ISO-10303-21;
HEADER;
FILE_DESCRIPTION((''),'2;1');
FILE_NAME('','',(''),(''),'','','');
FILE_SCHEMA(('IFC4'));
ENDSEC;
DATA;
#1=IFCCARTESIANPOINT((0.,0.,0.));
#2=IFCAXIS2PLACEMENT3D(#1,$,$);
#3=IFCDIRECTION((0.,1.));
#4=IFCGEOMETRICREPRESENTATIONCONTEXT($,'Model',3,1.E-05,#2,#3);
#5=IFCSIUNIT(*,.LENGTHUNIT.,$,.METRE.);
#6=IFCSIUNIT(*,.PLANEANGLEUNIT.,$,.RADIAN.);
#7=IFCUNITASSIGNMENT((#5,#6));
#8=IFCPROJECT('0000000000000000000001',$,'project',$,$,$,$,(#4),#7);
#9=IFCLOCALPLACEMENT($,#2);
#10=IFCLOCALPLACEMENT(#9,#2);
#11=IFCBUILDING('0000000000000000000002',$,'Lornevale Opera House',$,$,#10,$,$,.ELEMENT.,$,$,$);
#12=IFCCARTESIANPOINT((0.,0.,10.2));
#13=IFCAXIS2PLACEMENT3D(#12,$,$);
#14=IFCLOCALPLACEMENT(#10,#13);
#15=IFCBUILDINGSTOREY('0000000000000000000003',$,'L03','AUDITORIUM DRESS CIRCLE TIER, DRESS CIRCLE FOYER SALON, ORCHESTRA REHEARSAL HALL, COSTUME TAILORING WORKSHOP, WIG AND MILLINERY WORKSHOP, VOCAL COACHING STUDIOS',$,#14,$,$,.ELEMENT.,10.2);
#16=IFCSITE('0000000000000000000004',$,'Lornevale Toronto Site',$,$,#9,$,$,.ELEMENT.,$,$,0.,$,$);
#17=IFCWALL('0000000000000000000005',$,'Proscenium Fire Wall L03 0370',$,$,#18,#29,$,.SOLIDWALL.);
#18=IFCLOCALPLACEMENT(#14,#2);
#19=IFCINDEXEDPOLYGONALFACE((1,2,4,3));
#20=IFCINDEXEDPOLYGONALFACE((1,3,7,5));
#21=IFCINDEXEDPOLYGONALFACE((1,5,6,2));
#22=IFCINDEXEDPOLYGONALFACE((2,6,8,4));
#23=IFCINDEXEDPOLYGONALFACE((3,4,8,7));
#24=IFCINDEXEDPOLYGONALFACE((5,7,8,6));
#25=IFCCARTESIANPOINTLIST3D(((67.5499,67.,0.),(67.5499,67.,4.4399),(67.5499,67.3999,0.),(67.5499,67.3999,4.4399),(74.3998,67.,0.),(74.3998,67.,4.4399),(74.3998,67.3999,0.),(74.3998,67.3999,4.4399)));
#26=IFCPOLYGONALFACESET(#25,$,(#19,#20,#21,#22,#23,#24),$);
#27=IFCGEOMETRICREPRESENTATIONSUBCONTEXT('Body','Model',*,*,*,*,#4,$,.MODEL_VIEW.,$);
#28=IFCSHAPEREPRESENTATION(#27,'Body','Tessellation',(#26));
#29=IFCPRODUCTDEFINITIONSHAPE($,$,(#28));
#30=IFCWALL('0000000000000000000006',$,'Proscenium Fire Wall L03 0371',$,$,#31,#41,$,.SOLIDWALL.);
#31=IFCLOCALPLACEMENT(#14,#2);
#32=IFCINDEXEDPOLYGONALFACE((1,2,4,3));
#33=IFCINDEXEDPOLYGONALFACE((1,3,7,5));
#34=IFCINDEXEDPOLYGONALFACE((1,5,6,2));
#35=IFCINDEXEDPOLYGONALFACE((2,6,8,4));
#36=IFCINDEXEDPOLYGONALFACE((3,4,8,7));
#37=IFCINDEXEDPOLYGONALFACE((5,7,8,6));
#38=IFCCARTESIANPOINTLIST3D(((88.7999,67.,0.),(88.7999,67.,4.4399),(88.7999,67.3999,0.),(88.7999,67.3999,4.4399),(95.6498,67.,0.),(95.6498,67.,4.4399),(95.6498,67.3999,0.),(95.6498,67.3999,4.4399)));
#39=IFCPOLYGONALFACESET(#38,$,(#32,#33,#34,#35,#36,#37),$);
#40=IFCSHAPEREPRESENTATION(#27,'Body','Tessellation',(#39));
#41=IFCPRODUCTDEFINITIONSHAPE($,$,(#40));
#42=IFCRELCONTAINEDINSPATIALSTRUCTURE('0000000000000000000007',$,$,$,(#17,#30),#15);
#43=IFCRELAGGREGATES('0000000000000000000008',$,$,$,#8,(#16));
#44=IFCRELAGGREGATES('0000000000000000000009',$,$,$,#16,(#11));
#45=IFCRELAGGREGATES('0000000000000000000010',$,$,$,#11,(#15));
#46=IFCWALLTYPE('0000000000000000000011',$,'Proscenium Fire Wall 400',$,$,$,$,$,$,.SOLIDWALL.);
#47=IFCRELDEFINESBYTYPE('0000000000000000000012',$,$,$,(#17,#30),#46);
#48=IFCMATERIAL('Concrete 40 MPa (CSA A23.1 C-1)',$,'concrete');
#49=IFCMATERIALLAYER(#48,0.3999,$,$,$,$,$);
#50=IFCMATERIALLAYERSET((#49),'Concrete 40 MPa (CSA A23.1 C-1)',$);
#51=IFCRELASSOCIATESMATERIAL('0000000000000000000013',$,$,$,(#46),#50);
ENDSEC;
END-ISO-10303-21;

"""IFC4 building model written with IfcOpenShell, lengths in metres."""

from ifc_helpers import new_model, si_unit, direction, frame, frame_2d, origin, place, context, subcontext, project, spatial, rectangle, extrude, material, layer, layer_set, type_object, element, save


model = new_model("IFC4")

# Units and contexts
model_context = context("Model", 3, precision=1e-05, world=origin(), true_north=direction((0.0, 1.0)))
body_context = subcontext(model_context, "Body", "Model", "MODEL_VIEW")
ifc_project = project(units=[si_unit("LENGTHUNIT", "METRE"), si_unit("PLANEANGLEUNIT", "RADIAN")], contexts=[model_context])

# Site, building, storey
site_placement = place(None, origin())
site = spatial("IfcSite", under=ifc_project, at=site_placement, Name="Lornevale Toronto Site", CompositionType="ELEMENT", RefElevation=0.0)
building_placement = place(site_placement, origin())
building = spatial("IfcBuilding", under=site, at=building_placement, Name="Lornevale Opera House", CompositionType="ELEMENT")
storey_placement = place(building_placement, frame((0.0, 0.0, 10.2)))
storey = spatial("IfcBuildingStorey", under=building, at=storey_placement, Name="L03", Description="AUDITORIUM DRESS CIRCLE TIER, DRESS CIRCLE FOYER SALON, ORCHESTRA REHEARSAL HALL, COSTUME TAILORING WORKSHOP, WIG AND MILLINERY WORKSHOP, VOCAL COACHING STUDIOS", CompositionType="ELEMENT", Elevation=10.2)

# Shared definitions
ifc_material_1 = material(Name="Concrete 40 MPa (CSA A23.1 C-1)", Category="concrete")

# Walls
ifc_layer_1 = layer(ifc_material_1, 0.3999)
ifc_layer_set_1 = layer_set([ifc_layer_1], Name="Concrete 40 MPa (CSA A23.1 C-1)")
wall_type_1 = type_object("IfcWallType", Name="Proscenium Fire Wall 400", PredefinedType="SOLIDWALL", material=ifc_layer_set_1)
for number, where, z_axis, x_axis, name in (
    (1, (67.55, 67.2, 0.0), (0.0, 0.0, 1.0), (1.0, 0.0, 0.0), "Proscenium Fire Wall L03 0370"),
    (2, (88.8, 67.2, 0.0), (0.0, 0.0, 1.0), (1.0, 0.0, 0.0), "Proscenium Fire Wall L03 0371"),
):
    element("IfcWall", number, at=place(storey_placement, frame(where, z_axis=z_axis, x_axis=x_axis)), inside=storey, type_object=wall_type_1, Name=name, PredefinedType="SOLIDWALL", context=body_context, shape_type="SweptSolid", body=[
        extrude(rectangle(XDim=6.8499, YDim=0.3999, at=frame_2d((3.4248, 0.0))), origin(), (0.0, 0.0, 1.0), 4.4399),
    ])

save(model, "model.ifc")
